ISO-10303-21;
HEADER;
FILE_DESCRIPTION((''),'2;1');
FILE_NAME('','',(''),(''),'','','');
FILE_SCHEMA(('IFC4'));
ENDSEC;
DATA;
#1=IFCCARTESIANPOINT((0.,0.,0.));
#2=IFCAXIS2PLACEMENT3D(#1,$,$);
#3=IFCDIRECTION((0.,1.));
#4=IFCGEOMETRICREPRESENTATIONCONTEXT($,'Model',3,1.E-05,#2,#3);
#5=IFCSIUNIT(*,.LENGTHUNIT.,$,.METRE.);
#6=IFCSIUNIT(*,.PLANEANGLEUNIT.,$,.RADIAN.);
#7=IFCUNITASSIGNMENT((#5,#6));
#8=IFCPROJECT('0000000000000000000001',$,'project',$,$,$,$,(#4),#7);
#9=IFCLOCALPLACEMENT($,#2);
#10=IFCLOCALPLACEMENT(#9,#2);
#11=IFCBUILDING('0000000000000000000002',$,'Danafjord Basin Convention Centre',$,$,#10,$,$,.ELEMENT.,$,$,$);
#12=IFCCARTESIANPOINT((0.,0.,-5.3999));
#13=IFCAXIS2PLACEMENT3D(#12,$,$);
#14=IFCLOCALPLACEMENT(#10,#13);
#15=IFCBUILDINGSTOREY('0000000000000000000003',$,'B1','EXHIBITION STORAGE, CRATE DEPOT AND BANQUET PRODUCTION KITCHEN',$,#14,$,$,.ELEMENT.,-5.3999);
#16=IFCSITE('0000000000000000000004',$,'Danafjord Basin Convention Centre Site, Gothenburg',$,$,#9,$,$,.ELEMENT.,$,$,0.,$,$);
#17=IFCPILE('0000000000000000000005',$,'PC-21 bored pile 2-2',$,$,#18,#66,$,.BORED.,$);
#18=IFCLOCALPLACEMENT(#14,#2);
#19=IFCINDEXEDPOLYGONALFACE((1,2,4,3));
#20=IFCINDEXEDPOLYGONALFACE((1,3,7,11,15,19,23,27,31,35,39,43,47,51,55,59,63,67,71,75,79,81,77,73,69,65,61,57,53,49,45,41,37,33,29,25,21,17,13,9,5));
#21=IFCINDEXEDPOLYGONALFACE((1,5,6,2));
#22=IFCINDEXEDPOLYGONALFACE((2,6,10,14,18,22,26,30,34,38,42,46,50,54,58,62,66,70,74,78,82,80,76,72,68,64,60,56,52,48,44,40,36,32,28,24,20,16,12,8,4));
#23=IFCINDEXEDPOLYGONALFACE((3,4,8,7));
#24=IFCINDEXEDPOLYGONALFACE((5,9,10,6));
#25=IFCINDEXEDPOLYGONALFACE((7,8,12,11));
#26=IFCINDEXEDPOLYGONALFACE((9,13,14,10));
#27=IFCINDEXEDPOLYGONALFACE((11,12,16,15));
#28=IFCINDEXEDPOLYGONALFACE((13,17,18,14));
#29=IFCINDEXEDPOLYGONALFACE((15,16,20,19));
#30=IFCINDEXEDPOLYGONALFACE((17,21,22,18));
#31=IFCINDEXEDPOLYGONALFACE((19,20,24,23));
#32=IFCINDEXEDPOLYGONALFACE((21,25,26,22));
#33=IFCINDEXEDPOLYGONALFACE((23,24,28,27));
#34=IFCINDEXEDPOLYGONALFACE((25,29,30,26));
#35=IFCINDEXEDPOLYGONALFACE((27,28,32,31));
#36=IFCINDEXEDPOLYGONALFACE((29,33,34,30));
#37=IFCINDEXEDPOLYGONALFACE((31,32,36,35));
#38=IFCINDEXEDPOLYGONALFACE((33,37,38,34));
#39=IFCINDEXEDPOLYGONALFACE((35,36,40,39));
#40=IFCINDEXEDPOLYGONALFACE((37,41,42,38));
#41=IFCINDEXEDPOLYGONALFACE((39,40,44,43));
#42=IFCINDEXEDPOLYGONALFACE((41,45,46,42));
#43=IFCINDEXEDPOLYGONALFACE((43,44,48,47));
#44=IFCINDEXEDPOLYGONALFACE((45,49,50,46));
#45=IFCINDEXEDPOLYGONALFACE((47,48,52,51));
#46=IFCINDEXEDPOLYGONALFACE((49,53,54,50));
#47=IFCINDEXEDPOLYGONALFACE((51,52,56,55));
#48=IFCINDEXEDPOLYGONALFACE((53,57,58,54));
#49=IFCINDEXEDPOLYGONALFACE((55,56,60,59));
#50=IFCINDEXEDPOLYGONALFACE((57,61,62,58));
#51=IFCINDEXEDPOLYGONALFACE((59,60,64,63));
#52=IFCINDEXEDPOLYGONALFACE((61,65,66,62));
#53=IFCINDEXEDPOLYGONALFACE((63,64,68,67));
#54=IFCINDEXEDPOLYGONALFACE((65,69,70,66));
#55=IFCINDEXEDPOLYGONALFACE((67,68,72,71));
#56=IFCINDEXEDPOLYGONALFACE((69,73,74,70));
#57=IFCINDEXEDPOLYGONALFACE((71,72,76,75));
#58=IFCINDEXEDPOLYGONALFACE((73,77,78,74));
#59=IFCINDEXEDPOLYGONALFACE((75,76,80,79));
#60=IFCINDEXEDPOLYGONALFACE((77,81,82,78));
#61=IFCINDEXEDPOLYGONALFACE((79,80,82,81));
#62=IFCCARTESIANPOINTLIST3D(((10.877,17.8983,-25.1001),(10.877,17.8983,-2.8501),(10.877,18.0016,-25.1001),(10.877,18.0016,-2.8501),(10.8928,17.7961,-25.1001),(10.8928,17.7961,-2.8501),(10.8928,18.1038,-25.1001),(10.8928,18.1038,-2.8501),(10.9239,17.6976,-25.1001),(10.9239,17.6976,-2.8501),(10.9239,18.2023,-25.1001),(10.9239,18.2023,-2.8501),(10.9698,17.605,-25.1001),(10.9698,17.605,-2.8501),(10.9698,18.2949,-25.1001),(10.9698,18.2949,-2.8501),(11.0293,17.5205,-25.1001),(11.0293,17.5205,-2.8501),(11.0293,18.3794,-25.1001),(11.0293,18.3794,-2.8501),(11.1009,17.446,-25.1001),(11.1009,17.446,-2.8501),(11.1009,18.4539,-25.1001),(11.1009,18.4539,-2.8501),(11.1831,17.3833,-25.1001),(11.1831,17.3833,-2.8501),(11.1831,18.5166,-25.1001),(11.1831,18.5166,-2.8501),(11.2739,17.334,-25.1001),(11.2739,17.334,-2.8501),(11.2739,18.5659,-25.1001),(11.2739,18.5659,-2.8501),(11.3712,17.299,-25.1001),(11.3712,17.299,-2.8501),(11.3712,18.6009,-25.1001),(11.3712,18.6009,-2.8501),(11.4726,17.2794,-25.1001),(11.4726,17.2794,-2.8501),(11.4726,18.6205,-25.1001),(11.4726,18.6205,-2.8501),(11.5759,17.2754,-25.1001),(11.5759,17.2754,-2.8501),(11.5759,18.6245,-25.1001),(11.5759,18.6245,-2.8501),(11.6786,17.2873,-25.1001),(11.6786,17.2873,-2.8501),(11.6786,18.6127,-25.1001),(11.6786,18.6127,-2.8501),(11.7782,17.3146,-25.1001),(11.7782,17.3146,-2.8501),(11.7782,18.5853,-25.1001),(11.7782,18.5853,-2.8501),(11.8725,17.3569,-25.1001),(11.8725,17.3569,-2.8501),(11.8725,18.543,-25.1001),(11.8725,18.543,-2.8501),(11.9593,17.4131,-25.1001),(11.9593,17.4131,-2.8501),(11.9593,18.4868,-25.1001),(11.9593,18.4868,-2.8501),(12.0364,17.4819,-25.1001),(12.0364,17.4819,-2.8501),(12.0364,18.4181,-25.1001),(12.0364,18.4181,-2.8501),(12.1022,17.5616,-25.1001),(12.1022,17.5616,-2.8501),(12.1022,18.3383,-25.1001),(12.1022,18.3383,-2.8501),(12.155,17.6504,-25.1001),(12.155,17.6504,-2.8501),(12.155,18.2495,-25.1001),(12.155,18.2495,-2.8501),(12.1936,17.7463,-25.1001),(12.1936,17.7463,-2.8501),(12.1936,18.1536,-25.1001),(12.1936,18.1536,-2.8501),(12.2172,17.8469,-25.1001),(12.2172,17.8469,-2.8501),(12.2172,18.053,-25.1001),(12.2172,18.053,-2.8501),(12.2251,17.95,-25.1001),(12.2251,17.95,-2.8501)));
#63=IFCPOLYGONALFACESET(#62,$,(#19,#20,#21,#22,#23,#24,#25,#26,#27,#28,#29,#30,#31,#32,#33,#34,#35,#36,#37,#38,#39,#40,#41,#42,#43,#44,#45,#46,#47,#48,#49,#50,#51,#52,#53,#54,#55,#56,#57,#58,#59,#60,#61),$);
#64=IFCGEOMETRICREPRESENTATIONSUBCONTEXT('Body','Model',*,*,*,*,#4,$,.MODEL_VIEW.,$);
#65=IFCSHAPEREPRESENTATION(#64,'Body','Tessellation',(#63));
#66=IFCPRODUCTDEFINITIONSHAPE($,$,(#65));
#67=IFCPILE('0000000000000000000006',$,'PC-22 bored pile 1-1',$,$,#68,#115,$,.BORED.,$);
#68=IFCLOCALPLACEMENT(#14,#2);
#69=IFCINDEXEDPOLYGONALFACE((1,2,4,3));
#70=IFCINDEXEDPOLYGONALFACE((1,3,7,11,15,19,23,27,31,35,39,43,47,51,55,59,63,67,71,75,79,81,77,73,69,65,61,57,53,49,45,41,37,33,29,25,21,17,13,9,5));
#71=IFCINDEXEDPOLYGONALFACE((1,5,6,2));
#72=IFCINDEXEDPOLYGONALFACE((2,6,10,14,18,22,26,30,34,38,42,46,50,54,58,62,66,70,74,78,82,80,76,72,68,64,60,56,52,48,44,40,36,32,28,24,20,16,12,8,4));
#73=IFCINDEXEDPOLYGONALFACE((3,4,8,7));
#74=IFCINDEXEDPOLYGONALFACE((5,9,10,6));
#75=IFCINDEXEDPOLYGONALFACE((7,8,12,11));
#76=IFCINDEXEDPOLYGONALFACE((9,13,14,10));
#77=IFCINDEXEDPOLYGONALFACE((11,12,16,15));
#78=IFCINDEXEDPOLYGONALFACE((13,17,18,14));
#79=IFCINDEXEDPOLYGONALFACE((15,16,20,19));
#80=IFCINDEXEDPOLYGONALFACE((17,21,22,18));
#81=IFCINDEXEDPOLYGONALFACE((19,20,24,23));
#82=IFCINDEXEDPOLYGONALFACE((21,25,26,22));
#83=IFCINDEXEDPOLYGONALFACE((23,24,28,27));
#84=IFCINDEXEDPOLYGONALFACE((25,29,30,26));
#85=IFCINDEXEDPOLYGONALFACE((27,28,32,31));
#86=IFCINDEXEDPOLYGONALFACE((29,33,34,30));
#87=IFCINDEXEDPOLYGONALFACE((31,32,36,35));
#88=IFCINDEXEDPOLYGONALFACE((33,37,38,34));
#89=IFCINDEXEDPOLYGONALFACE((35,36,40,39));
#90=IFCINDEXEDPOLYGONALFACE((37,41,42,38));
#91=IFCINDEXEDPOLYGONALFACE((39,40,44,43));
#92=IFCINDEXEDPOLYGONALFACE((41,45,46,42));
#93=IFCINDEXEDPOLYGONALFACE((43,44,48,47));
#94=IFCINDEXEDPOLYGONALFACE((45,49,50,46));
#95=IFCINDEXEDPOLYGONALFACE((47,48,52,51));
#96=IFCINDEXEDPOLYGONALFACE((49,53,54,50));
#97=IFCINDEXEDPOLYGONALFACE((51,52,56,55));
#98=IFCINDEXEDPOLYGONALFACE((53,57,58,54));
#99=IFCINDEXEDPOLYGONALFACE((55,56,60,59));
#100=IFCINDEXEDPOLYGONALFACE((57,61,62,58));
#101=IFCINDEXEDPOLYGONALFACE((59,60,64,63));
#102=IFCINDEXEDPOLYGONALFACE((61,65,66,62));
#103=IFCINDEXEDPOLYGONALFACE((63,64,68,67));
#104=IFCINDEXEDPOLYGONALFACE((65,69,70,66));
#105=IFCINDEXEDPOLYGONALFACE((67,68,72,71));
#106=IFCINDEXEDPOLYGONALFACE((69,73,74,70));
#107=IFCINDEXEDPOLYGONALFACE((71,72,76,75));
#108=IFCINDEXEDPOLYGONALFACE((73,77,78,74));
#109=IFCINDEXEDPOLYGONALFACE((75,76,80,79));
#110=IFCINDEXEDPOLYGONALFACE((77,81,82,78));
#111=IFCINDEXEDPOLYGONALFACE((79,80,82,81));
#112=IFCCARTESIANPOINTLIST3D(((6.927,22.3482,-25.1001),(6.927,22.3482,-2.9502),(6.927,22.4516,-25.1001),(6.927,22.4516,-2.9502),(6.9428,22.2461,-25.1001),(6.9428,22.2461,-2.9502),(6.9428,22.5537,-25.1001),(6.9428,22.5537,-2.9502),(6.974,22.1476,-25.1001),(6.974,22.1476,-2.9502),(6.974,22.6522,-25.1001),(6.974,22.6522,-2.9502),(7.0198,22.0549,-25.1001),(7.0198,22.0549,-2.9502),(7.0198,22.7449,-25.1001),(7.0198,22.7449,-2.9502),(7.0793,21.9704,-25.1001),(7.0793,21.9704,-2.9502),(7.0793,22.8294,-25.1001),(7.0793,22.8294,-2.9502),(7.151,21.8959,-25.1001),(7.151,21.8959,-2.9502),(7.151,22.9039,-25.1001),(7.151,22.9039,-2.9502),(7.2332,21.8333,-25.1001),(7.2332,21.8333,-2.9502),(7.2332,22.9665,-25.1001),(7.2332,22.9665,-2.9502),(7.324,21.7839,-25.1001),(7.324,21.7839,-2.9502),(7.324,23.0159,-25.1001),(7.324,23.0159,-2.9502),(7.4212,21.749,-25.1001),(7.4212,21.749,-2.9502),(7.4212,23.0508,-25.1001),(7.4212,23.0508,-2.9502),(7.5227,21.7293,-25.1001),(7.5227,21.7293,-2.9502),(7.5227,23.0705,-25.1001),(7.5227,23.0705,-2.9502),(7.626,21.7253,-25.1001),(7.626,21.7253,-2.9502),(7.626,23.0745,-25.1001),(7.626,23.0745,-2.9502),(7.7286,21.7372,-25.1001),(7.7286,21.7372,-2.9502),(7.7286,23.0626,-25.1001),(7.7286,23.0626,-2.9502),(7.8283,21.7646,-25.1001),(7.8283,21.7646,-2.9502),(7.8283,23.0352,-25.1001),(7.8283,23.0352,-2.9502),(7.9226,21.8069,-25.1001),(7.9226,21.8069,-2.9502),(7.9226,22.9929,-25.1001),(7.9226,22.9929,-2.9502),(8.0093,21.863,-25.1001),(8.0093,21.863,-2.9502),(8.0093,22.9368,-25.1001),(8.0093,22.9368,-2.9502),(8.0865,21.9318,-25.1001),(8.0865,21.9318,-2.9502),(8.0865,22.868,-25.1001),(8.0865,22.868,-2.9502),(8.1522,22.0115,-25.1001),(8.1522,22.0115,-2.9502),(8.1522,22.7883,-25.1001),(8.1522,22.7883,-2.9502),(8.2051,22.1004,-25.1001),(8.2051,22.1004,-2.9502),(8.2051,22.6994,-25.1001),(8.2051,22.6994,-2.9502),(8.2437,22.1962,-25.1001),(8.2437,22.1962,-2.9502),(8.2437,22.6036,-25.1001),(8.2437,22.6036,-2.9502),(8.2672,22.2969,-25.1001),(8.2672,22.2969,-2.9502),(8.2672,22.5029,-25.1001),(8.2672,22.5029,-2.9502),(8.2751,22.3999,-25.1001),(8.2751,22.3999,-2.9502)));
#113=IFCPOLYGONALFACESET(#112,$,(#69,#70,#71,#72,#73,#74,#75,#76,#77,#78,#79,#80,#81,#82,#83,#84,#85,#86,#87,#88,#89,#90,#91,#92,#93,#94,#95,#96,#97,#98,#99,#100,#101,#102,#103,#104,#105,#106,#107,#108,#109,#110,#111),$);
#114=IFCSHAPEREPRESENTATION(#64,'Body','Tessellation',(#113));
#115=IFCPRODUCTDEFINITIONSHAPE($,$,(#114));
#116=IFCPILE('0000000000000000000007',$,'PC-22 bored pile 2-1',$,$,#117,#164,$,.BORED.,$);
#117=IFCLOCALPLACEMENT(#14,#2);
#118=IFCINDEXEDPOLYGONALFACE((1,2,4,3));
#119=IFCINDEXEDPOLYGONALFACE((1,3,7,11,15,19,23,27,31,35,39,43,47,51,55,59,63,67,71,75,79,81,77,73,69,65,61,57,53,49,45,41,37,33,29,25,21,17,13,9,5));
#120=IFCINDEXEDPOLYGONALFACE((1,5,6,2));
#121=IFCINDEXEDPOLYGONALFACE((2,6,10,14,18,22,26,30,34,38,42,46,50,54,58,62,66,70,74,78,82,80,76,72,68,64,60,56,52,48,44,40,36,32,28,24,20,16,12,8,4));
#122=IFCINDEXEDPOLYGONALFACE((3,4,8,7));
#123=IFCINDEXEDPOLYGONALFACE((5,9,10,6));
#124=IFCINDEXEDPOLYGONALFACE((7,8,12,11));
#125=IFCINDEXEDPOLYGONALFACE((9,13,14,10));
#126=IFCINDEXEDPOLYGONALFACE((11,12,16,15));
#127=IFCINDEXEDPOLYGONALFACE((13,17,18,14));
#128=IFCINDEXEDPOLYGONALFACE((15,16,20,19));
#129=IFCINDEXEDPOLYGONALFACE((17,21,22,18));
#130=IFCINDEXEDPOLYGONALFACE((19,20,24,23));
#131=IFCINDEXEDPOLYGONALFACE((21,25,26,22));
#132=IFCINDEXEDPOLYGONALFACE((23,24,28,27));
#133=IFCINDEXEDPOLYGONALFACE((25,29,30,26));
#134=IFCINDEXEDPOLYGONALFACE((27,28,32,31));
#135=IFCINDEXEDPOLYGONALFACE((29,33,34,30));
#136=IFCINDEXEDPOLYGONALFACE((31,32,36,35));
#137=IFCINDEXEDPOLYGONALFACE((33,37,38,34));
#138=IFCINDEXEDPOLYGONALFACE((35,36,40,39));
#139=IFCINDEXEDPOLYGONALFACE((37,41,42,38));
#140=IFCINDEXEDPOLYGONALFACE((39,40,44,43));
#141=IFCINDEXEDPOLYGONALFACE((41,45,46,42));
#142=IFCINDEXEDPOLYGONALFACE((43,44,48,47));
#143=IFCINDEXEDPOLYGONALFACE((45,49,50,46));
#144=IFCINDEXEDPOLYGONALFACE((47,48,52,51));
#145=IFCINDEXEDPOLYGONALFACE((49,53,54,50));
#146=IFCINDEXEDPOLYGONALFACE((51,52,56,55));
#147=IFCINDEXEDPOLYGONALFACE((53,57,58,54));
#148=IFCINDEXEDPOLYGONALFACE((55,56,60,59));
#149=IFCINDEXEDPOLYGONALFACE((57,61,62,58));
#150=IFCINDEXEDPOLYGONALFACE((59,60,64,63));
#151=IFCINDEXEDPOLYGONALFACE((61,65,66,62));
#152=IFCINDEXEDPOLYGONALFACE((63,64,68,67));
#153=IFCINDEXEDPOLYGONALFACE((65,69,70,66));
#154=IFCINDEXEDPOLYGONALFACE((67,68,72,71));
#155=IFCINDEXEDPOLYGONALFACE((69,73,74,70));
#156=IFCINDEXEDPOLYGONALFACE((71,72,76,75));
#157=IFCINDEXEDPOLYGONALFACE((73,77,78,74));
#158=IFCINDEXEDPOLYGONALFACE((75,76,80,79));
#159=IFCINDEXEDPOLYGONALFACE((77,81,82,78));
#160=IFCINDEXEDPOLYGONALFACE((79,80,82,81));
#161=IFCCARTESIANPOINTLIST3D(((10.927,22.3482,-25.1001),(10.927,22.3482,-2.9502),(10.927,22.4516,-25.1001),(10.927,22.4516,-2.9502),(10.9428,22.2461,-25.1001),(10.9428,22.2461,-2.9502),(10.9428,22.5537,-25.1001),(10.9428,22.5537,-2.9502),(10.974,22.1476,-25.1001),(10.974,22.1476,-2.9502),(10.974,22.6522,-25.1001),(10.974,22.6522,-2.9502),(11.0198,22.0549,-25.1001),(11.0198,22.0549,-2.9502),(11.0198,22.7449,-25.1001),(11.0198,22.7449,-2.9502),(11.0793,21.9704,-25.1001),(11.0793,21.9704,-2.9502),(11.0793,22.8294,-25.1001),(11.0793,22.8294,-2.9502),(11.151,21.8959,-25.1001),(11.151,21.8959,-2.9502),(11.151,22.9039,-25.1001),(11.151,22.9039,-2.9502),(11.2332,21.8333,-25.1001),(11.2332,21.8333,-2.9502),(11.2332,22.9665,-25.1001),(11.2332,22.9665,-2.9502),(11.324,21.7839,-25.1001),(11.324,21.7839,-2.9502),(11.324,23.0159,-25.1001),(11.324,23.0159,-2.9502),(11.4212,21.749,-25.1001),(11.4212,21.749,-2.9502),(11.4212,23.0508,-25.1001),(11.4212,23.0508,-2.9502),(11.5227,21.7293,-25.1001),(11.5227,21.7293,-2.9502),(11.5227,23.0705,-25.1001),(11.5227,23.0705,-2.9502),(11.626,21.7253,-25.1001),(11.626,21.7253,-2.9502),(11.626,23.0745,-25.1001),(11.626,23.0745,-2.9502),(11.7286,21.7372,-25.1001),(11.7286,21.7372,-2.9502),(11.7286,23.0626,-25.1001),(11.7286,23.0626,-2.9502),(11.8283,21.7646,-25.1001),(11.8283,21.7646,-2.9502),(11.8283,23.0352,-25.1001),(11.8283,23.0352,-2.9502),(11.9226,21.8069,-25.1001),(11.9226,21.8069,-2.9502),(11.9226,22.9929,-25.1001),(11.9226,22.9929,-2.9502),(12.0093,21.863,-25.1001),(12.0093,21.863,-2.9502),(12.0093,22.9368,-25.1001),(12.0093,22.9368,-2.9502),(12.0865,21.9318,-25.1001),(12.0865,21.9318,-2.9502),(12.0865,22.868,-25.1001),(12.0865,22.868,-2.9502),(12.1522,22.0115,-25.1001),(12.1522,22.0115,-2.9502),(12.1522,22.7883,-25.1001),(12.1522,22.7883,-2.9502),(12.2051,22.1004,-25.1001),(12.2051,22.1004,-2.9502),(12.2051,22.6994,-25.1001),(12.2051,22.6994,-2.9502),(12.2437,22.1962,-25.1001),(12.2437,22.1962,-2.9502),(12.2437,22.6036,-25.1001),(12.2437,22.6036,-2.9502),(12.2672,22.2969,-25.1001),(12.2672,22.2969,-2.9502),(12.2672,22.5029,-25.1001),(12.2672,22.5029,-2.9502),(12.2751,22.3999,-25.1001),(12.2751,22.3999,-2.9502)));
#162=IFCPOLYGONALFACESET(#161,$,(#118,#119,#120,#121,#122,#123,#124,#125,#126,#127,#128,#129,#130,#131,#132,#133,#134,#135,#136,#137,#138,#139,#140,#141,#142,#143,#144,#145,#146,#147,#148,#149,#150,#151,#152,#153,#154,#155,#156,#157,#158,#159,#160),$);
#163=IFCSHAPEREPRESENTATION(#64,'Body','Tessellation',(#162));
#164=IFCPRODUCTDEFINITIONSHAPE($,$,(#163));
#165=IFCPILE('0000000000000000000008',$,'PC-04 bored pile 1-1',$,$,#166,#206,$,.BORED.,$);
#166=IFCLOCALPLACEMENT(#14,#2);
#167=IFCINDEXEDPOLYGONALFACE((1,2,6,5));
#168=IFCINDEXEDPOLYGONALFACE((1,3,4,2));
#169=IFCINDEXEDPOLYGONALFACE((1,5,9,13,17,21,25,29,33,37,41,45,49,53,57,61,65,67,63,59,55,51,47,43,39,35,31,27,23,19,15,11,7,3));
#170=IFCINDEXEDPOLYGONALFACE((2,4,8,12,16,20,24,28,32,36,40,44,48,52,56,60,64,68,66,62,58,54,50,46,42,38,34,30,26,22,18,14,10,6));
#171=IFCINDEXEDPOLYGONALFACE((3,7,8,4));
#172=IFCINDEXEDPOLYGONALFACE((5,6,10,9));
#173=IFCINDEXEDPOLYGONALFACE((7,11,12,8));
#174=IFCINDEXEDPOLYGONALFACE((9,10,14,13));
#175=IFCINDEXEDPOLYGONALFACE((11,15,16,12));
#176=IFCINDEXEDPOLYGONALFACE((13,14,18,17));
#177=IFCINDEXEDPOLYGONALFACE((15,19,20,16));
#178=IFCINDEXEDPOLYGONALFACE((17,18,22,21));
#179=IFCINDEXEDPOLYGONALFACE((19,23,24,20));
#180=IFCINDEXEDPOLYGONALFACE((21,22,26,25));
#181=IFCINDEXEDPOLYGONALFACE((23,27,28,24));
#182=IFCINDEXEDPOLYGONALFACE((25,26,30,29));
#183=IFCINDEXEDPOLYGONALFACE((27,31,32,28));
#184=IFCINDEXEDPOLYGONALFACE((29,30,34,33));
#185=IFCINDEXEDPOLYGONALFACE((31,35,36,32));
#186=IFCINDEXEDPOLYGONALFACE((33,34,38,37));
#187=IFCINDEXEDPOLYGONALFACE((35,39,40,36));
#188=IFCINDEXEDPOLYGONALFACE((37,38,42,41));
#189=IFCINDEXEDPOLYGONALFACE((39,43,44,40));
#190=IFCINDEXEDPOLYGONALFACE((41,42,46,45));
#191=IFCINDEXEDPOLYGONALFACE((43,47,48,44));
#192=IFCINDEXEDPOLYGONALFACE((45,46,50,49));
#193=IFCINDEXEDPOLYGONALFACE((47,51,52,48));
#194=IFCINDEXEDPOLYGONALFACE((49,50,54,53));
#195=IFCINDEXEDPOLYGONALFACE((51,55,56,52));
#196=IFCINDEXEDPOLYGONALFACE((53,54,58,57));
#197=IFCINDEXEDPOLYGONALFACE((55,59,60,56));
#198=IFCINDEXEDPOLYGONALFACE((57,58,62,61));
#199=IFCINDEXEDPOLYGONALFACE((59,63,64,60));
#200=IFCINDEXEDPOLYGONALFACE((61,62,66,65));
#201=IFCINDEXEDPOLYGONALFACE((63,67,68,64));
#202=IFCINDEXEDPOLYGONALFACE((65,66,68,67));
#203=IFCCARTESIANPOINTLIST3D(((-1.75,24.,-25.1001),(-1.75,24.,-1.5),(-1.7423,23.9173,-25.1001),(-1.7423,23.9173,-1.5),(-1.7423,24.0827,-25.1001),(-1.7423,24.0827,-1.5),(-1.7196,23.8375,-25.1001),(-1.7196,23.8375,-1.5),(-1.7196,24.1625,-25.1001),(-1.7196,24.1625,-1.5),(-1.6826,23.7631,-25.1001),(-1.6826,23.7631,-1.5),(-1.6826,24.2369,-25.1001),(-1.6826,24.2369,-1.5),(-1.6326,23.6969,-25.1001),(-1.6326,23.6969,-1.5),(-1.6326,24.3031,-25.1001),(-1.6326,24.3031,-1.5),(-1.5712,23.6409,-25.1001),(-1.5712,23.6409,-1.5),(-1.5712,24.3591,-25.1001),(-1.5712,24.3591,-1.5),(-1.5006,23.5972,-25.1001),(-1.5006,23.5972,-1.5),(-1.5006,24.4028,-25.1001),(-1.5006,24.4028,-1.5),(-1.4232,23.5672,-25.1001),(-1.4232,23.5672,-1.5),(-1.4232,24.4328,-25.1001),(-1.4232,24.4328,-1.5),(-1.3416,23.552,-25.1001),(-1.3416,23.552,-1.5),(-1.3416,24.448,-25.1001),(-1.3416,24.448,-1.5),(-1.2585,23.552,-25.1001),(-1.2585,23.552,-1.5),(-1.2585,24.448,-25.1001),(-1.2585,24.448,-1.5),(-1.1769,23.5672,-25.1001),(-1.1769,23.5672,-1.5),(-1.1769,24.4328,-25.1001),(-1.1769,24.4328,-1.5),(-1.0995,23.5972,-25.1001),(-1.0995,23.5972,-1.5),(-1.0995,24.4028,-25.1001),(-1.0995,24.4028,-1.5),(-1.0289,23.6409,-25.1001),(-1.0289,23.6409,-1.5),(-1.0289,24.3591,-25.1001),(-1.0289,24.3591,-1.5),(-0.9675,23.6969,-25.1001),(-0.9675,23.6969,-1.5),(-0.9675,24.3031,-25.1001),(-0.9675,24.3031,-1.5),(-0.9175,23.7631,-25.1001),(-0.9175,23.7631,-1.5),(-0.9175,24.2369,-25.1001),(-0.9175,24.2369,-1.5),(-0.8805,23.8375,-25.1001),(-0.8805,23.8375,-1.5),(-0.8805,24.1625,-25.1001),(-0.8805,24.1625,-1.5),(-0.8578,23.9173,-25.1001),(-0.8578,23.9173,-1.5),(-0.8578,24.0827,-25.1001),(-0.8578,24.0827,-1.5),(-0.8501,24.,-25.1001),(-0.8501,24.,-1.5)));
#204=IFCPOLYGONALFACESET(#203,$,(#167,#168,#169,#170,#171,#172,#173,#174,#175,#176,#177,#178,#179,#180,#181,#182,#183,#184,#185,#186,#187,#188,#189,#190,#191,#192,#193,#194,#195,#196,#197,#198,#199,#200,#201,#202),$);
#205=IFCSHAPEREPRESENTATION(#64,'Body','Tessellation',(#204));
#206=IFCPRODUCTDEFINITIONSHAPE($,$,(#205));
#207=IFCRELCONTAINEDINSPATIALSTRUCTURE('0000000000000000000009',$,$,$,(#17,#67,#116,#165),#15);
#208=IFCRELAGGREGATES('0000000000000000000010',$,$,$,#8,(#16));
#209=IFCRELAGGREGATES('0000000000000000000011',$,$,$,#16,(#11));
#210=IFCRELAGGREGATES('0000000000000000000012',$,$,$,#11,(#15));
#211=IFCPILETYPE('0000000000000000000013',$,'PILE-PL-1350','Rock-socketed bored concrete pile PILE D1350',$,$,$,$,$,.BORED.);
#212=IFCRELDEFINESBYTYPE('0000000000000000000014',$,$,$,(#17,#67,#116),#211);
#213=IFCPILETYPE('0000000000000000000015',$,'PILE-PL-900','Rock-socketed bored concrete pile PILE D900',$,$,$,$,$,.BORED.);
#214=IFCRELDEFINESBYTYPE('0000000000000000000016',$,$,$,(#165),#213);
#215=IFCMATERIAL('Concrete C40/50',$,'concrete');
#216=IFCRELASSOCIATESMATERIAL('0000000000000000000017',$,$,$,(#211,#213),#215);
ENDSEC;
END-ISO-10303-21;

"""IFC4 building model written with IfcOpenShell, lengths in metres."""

from ifc_helpers import new_model, si_unit, direction, frame, origin, origin_2d, place, context, subcontext, project, spatial, circle, extrude, material, material_profile, profile_set, type_object, element, save


model = new_model("IFC4")

# Units and contexts
model_context = context("Model", 3, precision=1e-05, world=origin(), true_north=direction((0.0, 1.0)))
body_context = subcontext(model_context, "Body", "Model", "MODEL_VIEW")
ifc_project = project(units=[si_unit("LENGTHUNIT", "METRE"), si_unit("PLANEANGLEUNIT", "RADIAN")], contexts=[model_context])

# Site, building, storey
site_placement = place(None, origin())
site = spatial("IfcSite", under=ifc_project, at=site_placement, Name="Danafjord Basin Convention Centre Site, Gothenburg", CompositionType="ELEMENT", RefElevation=0.0)
building_placement = place(site_placement, origin())
building = spatial("IfcBuilding", under=site, at=building_placement, Name="Danafjord Basin Convention Centre", CompositionType="ELEMENT")
storey_placement = place(building_placement, frame((0.0, 0.0, -5.3999)))
storey = spatial("IfcBuildingStorey", under=building, at=storey_placement, Name="B1", Description="EXHIBITION STORAGE, CRATE DEPOT AND BANQUET PRODUCTION KITCHEN", CompositionType="ELEMENT", Elevation=-5.3999)

# Shared definitions
ifc_material_1 = material(Name="Concrete C40/50", Category="concrete")

# Piles
ifc_material_profile_1 = material_profile(ifc_material_1, circle(Radius=0.675, at=origin_2d()), Name="PILE D1350")
ifc_profile_set_1 = profile_set([ifc_material_profile_1], Name="Concrete C40/50")
pile_type_1 = type_object("IfcPileType", Name="PILE-PL-1350", Description="Rock-socketed bored concrete pile PILE D1350", PredefinedType="BORED", material=ifc_profile_set_1)
for number, where, z_axis, x_axis, name in (
    (1, (11.55, 17.95, -2.8501), (0.0, 0.0, -1.0), (1.0, 0.0, 0.0), "PC-21 bored pile 2-2"),
):
    element("IfcPile", number, at=place(storey_placement, frame(where, z_axis=z_axis, x_axis=x_axis)), inside=storey, type_object=pile_type_1, Name=name, PredefinedType="BORED", context=body_context, shape_type="SweptSolid", body=[
        extrude(circle(Radius=0.675, at=origin_2d()), origin(), (0.0, 0.0, 1.0), 22.25),
    ])
for number, where, z_axis, x_axis, name in (
    (2, (7.6001, 22.3999, -2.9502), (0.0, 0.0, -1.0), (1.0, 0.0, 0.0), "PC-22 bored pile 1-1"),
    (3, (11.6001, 22.3999, -2.9502), (0.0, 0.0, -1.0), (1.0, 0.0, 0.0), "PC-22 bored pile 2-1"),
):
    element("IfcPile", number, at=place(storey_placement, frame(where, z_axis=z_axis, x_axis=x_axis)), inside=storey, type_object=pile_type_1, Name=name, PredefinedType="BORED", context=body_context, shape_type="SweptSolid", body=[
        extrude(circle(Radius=0.675, at=origin_2d()), origin(), (0.0, 0.0, 1.0), 22.1499),
    ])
ifc_material_profile_2 = material_profile(ifc_material_1, circle(Radius=0.45, at=origin_2d()), Name="PILE D900")
ifc_profile_set_2 = profile_set([ifc_material_profile_2], Name="Concrete C40/50")
pile_type_2 = type_object("IfcPileType", Name="PILE-PL-900", Description="Rock-socketed bored concrete pile PILE D900", PredefinedType="BORED", material=ifc_profile_set_2)
for number, where, z_axis, x_axis, name in (
    (4, (-1.3, 24.0, -1.5), (0.0, 0.0, -1.0), (1.0, 0.0, 0.0), "PC-04 bored pile 1-1"),
):
    element("IfcPile", number, at=place(storey_placement, frame(where, z_axis=z_axis, x_axis=x_axis)), inside=storey, type_object=pile_type_2, Name=name, PredefinedType="BORED", context=body_context, shape_type="SweptSolid", body=[
        extrude(circle(Radius=0.45, at=origin_2d()), origin(), (0.0, 0.0, 1.0), 23.6001),
    ])

save(model, "model.ifc")
